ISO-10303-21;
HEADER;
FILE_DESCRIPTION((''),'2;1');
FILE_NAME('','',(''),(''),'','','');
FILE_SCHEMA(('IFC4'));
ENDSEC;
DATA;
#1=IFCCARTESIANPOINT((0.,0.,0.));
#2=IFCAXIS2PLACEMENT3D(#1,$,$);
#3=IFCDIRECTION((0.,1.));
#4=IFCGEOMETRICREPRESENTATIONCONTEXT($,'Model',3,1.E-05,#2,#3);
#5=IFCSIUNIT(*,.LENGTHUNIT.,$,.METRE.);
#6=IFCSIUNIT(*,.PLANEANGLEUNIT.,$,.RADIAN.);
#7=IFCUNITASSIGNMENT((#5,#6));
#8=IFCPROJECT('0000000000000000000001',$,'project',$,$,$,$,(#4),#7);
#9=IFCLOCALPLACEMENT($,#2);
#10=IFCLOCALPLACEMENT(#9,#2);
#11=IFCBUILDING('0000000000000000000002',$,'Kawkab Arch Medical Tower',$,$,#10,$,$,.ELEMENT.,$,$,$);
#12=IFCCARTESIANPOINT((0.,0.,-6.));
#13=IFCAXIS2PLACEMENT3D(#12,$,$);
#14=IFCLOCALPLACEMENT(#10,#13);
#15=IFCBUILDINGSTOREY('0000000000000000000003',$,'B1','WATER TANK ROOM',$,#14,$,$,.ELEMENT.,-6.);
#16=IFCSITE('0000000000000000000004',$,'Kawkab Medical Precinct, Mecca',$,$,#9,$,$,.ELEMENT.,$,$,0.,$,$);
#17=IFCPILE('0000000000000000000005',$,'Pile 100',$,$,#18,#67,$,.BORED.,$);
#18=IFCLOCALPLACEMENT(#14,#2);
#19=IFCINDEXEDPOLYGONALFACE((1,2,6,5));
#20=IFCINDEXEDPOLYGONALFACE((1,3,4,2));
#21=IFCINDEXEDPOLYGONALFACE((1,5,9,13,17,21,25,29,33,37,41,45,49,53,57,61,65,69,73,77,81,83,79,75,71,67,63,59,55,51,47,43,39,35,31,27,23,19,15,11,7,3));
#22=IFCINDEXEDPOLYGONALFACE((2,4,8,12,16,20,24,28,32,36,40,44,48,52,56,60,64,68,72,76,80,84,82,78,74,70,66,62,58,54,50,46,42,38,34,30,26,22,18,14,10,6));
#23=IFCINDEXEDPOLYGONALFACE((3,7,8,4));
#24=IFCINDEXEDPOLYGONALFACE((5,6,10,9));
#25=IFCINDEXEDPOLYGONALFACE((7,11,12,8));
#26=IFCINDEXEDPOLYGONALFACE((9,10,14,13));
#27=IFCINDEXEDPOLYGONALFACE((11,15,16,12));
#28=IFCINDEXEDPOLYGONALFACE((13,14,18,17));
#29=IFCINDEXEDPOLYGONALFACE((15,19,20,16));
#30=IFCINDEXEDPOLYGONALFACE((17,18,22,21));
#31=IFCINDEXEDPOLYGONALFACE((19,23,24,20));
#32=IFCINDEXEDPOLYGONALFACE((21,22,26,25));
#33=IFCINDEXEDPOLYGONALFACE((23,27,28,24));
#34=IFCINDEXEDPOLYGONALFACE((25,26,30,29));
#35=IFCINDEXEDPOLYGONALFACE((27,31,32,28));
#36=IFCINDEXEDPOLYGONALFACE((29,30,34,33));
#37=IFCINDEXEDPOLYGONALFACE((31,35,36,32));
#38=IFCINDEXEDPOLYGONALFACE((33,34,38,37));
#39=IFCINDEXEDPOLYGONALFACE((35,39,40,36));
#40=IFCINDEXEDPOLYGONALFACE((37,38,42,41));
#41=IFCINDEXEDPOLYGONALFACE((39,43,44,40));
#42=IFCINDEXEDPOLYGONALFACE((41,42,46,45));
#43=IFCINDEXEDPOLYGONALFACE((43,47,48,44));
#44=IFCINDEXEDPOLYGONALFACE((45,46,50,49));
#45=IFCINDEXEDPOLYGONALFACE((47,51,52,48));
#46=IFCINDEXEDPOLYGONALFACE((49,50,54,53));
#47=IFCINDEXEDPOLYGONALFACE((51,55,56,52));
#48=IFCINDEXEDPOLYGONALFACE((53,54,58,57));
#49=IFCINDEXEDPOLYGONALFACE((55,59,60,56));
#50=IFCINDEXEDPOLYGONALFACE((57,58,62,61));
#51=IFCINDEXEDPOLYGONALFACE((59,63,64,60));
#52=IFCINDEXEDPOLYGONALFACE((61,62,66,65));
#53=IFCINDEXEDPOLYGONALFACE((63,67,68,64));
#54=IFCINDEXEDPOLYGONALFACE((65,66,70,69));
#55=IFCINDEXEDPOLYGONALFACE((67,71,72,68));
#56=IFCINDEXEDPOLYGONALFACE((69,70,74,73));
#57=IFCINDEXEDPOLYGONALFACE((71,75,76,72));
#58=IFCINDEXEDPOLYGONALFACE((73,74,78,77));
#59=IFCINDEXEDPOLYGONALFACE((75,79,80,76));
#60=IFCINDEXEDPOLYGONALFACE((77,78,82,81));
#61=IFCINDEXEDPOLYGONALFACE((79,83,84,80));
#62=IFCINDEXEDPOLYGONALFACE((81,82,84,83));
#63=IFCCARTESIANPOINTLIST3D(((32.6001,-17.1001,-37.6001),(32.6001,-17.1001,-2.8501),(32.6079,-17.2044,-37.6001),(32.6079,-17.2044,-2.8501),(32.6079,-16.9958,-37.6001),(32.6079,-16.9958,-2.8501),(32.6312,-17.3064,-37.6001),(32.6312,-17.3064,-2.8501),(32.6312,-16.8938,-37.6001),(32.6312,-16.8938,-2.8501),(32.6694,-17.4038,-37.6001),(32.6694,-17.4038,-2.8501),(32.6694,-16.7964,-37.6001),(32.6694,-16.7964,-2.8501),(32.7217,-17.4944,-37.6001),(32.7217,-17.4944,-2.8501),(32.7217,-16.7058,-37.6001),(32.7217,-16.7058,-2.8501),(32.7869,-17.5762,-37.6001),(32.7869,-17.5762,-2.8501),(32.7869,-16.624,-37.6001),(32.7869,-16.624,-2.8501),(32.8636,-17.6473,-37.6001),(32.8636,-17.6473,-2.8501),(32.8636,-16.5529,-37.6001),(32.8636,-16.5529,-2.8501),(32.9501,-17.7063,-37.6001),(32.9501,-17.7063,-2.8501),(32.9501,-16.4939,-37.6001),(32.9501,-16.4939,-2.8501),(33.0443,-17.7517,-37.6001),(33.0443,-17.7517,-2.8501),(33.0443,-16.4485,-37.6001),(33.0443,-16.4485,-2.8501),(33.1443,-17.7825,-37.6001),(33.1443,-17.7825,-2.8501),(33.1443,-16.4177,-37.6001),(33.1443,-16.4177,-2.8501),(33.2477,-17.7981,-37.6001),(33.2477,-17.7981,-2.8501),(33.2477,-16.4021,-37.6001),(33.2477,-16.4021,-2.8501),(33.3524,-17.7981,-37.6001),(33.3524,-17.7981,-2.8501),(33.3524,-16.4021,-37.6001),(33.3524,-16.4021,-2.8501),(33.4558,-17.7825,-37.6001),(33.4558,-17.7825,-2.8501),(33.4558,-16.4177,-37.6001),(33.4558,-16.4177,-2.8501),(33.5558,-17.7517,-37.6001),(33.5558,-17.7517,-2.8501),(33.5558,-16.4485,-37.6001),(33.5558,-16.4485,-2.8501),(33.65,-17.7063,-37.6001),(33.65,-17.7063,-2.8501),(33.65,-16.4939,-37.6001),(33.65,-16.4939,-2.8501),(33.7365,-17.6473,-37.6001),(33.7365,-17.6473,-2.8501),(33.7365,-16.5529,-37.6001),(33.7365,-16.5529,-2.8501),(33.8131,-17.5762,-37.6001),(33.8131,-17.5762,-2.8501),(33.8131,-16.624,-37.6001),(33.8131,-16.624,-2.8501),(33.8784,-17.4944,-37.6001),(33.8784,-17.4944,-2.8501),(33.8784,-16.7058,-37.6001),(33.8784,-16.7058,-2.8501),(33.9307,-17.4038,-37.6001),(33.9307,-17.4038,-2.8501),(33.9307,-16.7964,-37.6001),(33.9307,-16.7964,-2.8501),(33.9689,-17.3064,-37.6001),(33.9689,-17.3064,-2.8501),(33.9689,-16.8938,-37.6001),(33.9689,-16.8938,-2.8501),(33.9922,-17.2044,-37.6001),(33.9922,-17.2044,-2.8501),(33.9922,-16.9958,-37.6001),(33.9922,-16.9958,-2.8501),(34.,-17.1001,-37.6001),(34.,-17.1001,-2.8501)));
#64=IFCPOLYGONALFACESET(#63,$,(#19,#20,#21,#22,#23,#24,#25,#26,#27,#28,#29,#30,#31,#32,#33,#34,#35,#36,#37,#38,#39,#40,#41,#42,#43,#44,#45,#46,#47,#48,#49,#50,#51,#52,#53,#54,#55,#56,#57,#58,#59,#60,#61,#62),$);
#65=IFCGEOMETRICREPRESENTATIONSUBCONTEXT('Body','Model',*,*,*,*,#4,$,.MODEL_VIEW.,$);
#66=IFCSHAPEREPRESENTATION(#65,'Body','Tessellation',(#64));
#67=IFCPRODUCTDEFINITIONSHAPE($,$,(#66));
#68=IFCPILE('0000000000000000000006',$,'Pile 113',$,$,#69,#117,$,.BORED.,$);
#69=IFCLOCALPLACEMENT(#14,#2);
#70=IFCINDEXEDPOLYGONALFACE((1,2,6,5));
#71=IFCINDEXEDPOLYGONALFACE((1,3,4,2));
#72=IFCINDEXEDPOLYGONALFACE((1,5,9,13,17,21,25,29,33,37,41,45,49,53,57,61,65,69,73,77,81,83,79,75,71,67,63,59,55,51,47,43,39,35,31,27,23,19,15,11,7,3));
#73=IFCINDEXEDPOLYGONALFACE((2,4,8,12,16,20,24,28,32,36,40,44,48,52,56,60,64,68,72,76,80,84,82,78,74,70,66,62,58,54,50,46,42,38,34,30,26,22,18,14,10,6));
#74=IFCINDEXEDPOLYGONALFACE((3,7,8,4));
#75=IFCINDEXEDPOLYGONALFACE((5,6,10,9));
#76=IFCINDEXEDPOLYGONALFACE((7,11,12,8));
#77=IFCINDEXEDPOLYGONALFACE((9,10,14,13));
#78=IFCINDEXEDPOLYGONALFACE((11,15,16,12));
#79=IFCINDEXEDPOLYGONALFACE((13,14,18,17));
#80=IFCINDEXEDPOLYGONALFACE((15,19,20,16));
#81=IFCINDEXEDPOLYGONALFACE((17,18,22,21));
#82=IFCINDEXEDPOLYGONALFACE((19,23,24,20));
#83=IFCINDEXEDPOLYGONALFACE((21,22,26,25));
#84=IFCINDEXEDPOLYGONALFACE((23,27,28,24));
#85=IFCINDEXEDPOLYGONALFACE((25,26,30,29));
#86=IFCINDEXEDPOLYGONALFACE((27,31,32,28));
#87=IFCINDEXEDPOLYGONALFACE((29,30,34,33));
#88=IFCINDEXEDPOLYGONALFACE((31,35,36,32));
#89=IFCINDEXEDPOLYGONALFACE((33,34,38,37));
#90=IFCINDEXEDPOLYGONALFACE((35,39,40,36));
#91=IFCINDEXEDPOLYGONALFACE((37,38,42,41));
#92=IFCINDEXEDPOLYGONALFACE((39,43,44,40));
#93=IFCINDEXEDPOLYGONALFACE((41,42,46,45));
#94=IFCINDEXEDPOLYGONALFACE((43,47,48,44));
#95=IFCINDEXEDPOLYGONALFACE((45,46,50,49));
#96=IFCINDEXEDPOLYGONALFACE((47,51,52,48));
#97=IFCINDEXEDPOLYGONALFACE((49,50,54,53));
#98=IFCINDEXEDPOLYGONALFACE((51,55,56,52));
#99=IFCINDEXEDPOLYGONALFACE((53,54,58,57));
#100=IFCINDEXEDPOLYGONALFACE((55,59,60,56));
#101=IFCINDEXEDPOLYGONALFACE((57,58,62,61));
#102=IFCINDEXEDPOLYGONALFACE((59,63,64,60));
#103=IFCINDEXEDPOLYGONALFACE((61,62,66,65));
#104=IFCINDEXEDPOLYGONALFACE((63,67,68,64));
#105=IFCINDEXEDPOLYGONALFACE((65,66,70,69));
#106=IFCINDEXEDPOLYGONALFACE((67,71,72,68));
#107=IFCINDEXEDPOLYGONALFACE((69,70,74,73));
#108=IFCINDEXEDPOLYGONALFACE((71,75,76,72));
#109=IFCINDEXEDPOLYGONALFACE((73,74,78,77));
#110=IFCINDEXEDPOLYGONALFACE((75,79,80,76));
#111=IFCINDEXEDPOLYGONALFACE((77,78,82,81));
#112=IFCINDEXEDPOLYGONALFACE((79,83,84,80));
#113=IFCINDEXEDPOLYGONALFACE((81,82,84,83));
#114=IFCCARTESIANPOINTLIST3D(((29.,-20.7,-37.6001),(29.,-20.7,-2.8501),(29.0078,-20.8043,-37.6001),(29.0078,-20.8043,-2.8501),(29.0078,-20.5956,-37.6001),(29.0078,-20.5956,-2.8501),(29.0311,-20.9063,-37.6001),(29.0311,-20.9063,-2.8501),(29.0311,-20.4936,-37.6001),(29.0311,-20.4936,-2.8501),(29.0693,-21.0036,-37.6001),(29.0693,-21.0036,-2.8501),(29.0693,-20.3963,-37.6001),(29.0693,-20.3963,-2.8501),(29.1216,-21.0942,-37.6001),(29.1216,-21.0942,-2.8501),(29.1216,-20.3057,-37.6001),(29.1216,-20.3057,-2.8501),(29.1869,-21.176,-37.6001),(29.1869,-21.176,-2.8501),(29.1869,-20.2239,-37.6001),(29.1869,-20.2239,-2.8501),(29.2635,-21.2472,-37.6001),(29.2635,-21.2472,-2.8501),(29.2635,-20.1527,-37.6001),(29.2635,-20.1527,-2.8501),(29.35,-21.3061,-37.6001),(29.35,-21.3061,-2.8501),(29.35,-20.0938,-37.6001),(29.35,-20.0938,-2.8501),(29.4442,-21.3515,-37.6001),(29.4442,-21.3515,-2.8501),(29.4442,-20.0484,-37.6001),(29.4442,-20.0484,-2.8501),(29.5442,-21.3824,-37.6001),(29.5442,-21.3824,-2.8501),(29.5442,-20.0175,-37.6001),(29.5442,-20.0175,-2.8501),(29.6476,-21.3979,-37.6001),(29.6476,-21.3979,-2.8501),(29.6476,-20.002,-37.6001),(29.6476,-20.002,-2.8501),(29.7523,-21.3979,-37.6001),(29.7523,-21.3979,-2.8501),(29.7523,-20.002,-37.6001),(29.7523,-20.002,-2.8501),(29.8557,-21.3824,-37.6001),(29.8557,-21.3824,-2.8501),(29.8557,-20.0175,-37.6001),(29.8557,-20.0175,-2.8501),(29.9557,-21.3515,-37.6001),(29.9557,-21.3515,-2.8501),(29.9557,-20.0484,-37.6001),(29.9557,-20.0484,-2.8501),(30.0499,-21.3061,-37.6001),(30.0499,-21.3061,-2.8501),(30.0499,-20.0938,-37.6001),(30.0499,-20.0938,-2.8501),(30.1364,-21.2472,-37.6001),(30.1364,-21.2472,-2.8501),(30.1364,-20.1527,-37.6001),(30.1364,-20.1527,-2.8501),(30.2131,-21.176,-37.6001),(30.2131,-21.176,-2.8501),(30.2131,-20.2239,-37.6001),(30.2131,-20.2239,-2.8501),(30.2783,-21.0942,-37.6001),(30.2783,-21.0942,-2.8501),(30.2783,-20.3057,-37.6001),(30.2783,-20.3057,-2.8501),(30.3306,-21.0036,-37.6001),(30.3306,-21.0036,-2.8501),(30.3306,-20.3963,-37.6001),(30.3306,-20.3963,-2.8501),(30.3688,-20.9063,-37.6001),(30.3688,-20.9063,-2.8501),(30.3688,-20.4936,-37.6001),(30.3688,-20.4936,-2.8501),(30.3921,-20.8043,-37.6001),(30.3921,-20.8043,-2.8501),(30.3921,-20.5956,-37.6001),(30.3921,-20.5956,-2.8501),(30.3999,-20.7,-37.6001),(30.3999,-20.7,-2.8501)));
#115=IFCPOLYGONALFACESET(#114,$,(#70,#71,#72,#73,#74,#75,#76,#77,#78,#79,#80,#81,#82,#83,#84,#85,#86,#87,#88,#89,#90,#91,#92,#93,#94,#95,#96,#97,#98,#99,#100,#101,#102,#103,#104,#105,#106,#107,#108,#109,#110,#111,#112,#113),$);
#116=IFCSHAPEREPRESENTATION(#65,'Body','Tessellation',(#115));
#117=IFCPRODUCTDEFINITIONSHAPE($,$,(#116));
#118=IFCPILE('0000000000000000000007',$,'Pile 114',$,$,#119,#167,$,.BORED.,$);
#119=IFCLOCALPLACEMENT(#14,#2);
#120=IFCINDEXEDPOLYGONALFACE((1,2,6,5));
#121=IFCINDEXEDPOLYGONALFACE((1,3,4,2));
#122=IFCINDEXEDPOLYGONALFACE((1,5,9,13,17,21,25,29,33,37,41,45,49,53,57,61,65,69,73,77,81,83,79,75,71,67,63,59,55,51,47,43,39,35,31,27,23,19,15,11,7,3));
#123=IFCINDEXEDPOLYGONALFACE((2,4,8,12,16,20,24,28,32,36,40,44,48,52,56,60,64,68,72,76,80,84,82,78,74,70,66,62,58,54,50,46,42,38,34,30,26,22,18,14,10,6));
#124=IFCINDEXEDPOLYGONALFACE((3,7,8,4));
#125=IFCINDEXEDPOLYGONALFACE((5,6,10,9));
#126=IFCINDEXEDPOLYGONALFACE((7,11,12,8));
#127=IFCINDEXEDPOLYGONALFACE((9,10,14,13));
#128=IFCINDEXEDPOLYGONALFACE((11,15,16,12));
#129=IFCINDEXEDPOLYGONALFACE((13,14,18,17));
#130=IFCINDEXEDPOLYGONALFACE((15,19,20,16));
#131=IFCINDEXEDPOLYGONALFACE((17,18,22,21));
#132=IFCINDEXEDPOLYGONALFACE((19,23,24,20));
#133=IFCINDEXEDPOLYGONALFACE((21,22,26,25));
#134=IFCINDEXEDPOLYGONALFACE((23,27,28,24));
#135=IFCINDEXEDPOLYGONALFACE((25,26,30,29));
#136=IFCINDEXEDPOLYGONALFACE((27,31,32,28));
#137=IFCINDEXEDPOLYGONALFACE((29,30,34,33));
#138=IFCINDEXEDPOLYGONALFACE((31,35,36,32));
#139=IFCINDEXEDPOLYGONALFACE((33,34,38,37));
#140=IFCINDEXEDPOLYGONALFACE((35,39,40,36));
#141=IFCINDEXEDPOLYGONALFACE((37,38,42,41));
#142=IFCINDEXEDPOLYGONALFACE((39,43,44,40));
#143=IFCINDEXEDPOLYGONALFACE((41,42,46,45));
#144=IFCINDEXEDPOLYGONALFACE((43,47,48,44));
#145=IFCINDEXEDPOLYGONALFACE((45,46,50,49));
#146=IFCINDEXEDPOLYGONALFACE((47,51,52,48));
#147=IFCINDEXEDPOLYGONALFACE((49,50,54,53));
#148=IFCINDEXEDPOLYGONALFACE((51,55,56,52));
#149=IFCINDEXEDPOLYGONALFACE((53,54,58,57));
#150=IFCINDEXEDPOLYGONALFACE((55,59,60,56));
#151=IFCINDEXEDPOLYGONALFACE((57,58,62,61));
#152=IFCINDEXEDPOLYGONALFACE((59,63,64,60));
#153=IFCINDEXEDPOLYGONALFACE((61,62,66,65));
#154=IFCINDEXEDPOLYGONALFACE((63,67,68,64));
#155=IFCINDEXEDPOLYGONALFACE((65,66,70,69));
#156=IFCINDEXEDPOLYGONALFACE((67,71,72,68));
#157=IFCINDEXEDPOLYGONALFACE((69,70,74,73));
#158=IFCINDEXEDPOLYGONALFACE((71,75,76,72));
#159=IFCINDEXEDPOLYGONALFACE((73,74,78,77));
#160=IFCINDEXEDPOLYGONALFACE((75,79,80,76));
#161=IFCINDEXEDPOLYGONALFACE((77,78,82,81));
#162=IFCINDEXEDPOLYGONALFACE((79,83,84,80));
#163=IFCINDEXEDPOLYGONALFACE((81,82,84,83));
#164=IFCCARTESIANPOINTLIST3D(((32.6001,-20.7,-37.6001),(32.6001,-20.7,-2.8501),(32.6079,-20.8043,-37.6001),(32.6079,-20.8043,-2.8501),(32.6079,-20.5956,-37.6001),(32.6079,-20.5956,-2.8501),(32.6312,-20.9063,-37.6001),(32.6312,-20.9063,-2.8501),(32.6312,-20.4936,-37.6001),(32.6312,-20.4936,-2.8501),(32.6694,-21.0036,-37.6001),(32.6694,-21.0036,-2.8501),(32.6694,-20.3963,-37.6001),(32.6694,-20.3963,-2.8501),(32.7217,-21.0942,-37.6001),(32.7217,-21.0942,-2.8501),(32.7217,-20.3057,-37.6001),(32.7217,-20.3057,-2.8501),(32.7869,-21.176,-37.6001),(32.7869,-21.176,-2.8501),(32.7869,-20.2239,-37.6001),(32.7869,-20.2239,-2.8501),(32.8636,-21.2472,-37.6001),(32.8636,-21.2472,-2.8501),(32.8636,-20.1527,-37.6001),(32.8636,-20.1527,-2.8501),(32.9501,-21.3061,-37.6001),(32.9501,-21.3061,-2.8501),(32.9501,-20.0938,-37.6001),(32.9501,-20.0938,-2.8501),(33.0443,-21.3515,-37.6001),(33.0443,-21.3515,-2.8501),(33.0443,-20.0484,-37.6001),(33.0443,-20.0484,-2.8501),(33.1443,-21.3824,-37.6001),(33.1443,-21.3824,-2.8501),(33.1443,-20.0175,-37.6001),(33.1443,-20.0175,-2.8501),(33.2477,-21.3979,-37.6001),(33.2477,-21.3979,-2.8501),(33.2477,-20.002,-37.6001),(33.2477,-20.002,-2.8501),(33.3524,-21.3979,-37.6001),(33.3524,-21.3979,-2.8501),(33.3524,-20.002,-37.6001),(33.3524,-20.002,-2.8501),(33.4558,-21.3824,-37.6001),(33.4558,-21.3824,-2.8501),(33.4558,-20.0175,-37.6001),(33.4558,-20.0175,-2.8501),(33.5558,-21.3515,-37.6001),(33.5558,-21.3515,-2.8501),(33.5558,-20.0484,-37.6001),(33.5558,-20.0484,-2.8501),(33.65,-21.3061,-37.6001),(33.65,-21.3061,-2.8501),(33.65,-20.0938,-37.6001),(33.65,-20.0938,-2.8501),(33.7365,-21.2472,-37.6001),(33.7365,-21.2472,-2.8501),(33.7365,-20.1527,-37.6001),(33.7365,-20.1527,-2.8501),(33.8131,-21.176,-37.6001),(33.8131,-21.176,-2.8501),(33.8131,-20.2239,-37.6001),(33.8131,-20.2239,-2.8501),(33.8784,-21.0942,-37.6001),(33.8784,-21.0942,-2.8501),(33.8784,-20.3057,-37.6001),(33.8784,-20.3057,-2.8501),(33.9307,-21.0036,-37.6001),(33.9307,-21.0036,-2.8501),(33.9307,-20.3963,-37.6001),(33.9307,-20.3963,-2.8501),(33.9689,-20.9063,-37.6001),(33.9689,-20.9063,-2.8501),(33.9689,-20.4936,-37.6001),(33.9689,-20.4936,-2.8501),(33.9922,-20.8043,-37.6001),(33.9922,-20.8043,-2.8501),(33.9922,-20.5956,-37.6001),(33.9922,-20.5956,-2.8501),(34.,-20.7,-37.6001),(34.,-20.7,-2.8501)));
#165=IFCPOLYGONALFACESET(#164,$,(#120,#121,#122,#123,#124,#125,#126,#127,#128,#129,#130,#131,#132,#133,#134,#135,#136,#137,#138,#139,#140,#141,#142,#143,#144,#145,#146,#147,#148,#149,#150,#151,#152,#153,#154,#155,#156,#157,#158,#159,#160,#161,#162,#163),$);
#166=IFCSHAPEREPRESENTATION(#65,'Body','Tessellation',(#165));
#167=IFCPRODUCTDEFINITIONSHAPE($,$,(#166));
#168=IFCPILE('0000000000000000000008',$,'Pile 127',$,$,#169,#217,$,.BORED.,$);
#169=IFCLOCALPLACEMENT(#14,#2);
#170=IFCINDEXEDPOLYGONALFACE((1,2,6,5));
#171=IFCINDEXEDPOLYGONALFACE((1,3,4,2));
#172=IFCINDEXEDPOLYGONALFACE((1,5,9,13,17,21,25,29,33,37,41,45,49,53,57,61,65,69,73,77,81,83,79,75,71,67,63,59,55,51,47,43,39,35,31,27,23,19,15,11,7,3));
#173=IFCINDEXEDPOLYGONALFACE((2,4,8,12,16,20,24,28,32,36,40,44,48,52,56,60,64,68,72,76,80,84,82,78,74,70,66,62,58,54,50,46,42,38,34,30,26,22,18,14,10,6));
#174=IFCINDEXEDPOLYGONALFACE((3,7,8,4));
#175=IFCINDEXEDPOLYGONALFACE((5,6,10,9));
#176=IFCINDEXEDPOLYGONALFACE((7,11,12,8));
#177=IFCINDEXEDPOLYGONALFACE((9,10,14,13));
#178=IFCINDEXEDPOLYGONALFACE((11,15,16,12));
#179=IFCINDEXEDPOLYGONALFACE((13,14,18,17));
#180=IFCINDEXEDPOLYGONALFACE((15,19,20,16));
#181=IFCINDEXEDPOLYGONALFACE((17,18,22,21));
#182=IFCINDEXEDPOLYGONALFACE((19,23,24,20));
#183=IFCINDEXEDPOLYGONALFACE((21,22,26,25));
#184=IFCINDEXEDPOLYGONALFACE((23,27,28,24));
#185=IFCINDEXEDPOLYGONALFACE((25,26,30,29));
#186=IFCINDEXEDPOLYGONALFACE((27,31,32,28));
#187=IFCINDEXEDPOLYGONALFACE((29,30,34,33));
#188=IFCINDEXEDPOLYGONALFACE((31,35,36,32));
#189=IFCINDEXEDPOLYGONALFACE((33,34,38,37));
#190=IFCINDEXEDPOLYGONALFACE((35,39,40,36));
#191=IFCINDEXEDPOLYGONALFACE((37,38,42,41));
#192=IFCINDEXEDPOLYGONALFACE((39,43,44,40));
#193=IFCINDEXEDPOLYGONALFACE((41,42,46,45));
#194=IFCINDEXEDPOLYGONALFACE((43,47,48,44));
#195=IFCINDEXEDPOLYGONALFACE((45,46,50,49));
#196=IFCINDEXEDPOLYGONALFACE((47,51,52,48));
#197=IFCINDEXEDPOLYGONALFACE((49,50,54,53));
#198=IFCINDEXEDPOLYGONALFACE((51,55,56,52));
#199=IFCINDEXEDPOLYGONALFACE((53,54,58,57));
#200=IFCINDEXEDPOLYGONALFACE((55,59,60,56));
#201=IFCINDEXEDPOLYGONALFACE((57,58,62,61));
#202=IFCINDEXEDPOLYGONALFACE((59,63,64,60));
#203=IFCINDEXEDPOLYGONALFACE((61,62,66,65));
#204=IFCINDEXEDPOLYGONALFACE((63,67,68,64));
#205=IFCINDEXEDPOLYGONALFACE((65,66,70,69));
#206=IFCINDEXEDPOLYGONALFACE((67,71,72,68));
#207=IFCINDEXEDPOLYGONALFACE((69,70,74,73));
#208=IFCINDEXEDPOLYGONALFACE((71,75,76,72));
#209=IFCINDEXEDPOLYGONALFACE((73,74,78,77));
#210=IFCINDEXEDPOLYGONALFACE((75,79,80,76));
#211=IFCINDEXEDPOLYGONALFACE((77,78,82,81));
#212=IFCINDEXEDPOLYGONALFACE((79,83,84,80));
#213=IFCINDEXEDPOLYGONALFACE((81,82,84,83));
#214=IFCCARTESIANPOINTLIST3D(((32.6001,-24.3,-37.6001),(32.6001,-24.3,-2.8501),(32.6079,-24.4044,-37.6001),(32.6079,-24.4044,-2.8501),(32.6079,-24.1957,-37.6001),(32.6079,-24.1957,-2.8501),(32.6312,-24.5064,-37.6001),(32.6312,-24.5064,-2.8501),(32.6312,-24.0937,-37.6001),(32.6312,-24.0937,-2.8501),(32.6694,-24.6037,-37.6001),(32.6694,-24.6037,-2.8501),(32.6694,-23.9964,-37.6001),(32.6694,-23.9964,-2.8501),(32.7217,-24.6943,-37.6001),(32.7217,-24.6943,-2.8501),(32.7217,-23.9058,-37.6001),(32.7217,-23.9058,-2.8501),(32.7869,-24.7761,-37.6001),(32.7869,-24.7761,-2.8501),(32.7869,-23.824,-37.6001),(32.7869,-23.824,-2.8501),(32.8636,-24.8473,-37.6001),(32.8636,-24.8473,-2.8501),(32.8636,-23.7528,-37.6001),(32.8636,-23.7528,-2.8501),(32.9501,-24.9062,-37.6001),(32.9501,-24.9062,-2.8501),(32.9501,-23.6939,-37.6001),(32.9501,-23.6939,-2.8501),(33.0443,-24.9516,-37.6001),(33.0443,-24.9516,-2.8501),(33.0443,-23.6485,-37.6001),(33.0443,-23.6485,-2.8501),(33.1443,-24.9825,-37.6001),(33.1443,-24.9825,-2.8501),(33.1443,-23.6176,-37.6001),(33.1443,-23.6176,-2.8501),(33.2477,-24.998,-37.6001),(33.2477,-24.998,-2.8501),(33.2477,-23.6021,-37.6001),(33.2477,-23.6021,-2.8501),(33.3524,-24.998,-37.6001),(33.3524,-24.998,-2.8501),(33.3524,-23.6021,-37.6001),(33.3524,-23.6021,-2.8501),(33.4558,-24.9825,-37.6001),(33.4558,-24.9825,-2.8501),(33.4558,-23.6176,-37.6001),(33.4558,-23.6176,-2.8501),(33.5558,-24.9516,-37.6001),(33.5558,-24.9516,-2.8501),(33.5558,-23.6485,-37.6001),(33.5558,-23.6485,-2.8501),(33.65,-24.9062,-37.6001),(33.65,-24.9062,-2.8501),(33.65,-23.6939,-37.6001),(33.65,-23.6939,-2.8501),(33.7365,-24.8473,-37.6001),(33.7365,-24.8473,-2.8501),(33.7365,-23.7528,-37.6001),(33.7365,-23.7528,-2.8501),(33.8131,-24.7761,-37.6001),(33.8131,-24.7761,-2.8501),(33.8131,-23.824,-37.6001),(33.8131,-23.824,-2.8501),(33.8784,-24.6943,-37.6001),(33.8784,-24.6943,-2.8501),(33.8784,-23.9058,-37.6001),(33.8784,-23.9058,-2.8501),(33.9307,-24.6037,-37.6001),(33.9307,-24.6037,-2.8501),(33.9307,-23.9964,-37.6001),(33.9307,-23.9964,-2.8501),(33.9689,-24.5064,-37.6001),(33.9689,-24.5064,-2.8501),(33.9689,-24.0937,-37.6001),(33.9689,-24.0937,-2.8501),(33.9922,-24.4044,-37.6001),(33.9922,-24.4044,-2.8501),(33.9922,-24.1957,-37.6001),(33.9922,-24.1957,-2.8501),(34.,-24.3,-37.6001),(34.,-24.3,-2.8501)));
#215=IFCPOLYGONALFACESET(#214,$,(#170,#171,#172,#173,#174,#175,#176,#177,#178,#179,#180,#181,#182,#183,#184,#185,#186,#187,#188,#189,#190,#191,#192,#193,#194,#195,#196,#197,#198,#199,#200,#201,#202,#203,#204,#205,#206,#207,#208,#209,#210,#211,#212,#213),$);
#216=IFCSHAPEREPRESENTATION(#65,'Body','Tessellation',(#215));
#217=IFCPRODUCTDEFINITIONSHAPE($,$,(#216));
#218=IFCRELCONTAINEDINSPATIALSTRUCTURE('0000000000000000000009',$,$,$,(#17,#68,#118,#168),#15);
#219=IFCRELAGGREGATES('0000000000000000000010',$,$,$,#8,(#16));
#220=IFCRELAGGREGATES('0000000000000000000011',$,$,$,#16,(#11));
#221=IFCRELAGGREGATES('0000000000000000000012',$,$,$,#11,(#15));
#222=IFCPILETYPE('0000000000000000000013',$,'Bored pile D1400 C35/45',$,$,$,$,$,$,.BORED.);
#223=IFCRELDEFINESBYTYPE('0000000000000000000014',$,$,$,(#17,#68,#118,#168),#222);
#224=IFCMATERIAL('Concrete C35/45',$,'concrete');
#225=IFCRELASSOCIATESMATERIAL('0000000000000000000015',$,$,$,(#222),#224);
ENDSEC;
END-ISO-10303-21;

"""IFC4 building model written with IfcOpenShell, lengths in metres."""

from ifc_helpers import new_model, si_unit, direction, frame, origin, origin_2d, place, context, subcontext, project, spatial, circle, extrude, material, material_profile, profile_set, type_object, element, save


model = new_model("IFC4")

# Units and contexts
model_context = context("Model", 3, precision=1e-05, world=origin(), true_north=direction((0.0, 1.0)))
body_context = subcontext(model_context, "Body", "Model", "MODEL_VIEW")
ifc_project = project(units=[si_unit("LENGTHUNIT", "METRE"), si_unit("PLANEANGLEUNIT", "RADIAN")], contexts=[model_context])

# Site, building, storey
site_placement = place(None, origin())
site = spatial("IfcSite", under=ifc_project, at=site_placement, Name="Kawkab Medical Precinct, Mecca", CompositionType="ELEMENT", RefElevation=0.0)
building_placement = place(site_placement, origin())
building = spatial("IfcBuilding", under=site, at=building_placement, Name="Kawkab Arch Medical Tower", CompositionType="ELEMENT")
storey_placement = place(building_placement, frame((0.0, 0.0, -6.0)))
storey = spatial("IfcBuildingStorey", under=building, at=storey_placement, Name="B1", Description="WATER TANK ROOM", CompositionType="ELEMENT", Elevation=-6.0)

# Piles
ifc_material_1 = material(Name="Concrete C35/45", Category="concrete")
ifc_material_profile_1 = material_profile(ifc_material_1, circle(Radius=0.7, at=origin_2d()), Name="Bored pile D1400")
ifc_profile_set_1 = profile_set([ifc_material_profile_1], Name="Concrete C35/45")
pile_type_1 = type_object("IfcPileType", Name="Bored pile D1400 C35/45", PredefinedType="BORED", material=ifc_profile_set_1)
for number, where, z_axis, x_axis, name in (
    (1, (33.3, -17.1001, -2.8501), (0.0, 0.0, -1.0), (1.0, 0.0, 0.0), "Pile 100"),
    (2, (29.7, -20.7, -2.8501), (0.0, 0.0, -1.0), (1.0, 0.0, 0.0), "Pile 113"),
    (3, (33.3, -20.7, -2.8501), (0.0, 0.0, -1.0), (1.0, 0.0, 0.0), "Pile 114"),
    (4, (33.3, -24.3, -2.8501), (0.0, 0.0, -1.0), (1.0, 0.0, 0.0), "Pile 127"),
):
    element("IfcPile", number, at=place(storey_placement, frame(where, z_axis=z_axis, x_axis=x_axis)), inside=storey, type_object=pile_type_1, Name=name, PredefinedType="BORED", context=body_context, shape_type="SweptSolid", body=[
        extrude(circle(Radius=0.7, at=origin_2d()), origin(), (0.0, 0.0, 1.0), 34.75),
    ])

save(model, "model.ifc")
